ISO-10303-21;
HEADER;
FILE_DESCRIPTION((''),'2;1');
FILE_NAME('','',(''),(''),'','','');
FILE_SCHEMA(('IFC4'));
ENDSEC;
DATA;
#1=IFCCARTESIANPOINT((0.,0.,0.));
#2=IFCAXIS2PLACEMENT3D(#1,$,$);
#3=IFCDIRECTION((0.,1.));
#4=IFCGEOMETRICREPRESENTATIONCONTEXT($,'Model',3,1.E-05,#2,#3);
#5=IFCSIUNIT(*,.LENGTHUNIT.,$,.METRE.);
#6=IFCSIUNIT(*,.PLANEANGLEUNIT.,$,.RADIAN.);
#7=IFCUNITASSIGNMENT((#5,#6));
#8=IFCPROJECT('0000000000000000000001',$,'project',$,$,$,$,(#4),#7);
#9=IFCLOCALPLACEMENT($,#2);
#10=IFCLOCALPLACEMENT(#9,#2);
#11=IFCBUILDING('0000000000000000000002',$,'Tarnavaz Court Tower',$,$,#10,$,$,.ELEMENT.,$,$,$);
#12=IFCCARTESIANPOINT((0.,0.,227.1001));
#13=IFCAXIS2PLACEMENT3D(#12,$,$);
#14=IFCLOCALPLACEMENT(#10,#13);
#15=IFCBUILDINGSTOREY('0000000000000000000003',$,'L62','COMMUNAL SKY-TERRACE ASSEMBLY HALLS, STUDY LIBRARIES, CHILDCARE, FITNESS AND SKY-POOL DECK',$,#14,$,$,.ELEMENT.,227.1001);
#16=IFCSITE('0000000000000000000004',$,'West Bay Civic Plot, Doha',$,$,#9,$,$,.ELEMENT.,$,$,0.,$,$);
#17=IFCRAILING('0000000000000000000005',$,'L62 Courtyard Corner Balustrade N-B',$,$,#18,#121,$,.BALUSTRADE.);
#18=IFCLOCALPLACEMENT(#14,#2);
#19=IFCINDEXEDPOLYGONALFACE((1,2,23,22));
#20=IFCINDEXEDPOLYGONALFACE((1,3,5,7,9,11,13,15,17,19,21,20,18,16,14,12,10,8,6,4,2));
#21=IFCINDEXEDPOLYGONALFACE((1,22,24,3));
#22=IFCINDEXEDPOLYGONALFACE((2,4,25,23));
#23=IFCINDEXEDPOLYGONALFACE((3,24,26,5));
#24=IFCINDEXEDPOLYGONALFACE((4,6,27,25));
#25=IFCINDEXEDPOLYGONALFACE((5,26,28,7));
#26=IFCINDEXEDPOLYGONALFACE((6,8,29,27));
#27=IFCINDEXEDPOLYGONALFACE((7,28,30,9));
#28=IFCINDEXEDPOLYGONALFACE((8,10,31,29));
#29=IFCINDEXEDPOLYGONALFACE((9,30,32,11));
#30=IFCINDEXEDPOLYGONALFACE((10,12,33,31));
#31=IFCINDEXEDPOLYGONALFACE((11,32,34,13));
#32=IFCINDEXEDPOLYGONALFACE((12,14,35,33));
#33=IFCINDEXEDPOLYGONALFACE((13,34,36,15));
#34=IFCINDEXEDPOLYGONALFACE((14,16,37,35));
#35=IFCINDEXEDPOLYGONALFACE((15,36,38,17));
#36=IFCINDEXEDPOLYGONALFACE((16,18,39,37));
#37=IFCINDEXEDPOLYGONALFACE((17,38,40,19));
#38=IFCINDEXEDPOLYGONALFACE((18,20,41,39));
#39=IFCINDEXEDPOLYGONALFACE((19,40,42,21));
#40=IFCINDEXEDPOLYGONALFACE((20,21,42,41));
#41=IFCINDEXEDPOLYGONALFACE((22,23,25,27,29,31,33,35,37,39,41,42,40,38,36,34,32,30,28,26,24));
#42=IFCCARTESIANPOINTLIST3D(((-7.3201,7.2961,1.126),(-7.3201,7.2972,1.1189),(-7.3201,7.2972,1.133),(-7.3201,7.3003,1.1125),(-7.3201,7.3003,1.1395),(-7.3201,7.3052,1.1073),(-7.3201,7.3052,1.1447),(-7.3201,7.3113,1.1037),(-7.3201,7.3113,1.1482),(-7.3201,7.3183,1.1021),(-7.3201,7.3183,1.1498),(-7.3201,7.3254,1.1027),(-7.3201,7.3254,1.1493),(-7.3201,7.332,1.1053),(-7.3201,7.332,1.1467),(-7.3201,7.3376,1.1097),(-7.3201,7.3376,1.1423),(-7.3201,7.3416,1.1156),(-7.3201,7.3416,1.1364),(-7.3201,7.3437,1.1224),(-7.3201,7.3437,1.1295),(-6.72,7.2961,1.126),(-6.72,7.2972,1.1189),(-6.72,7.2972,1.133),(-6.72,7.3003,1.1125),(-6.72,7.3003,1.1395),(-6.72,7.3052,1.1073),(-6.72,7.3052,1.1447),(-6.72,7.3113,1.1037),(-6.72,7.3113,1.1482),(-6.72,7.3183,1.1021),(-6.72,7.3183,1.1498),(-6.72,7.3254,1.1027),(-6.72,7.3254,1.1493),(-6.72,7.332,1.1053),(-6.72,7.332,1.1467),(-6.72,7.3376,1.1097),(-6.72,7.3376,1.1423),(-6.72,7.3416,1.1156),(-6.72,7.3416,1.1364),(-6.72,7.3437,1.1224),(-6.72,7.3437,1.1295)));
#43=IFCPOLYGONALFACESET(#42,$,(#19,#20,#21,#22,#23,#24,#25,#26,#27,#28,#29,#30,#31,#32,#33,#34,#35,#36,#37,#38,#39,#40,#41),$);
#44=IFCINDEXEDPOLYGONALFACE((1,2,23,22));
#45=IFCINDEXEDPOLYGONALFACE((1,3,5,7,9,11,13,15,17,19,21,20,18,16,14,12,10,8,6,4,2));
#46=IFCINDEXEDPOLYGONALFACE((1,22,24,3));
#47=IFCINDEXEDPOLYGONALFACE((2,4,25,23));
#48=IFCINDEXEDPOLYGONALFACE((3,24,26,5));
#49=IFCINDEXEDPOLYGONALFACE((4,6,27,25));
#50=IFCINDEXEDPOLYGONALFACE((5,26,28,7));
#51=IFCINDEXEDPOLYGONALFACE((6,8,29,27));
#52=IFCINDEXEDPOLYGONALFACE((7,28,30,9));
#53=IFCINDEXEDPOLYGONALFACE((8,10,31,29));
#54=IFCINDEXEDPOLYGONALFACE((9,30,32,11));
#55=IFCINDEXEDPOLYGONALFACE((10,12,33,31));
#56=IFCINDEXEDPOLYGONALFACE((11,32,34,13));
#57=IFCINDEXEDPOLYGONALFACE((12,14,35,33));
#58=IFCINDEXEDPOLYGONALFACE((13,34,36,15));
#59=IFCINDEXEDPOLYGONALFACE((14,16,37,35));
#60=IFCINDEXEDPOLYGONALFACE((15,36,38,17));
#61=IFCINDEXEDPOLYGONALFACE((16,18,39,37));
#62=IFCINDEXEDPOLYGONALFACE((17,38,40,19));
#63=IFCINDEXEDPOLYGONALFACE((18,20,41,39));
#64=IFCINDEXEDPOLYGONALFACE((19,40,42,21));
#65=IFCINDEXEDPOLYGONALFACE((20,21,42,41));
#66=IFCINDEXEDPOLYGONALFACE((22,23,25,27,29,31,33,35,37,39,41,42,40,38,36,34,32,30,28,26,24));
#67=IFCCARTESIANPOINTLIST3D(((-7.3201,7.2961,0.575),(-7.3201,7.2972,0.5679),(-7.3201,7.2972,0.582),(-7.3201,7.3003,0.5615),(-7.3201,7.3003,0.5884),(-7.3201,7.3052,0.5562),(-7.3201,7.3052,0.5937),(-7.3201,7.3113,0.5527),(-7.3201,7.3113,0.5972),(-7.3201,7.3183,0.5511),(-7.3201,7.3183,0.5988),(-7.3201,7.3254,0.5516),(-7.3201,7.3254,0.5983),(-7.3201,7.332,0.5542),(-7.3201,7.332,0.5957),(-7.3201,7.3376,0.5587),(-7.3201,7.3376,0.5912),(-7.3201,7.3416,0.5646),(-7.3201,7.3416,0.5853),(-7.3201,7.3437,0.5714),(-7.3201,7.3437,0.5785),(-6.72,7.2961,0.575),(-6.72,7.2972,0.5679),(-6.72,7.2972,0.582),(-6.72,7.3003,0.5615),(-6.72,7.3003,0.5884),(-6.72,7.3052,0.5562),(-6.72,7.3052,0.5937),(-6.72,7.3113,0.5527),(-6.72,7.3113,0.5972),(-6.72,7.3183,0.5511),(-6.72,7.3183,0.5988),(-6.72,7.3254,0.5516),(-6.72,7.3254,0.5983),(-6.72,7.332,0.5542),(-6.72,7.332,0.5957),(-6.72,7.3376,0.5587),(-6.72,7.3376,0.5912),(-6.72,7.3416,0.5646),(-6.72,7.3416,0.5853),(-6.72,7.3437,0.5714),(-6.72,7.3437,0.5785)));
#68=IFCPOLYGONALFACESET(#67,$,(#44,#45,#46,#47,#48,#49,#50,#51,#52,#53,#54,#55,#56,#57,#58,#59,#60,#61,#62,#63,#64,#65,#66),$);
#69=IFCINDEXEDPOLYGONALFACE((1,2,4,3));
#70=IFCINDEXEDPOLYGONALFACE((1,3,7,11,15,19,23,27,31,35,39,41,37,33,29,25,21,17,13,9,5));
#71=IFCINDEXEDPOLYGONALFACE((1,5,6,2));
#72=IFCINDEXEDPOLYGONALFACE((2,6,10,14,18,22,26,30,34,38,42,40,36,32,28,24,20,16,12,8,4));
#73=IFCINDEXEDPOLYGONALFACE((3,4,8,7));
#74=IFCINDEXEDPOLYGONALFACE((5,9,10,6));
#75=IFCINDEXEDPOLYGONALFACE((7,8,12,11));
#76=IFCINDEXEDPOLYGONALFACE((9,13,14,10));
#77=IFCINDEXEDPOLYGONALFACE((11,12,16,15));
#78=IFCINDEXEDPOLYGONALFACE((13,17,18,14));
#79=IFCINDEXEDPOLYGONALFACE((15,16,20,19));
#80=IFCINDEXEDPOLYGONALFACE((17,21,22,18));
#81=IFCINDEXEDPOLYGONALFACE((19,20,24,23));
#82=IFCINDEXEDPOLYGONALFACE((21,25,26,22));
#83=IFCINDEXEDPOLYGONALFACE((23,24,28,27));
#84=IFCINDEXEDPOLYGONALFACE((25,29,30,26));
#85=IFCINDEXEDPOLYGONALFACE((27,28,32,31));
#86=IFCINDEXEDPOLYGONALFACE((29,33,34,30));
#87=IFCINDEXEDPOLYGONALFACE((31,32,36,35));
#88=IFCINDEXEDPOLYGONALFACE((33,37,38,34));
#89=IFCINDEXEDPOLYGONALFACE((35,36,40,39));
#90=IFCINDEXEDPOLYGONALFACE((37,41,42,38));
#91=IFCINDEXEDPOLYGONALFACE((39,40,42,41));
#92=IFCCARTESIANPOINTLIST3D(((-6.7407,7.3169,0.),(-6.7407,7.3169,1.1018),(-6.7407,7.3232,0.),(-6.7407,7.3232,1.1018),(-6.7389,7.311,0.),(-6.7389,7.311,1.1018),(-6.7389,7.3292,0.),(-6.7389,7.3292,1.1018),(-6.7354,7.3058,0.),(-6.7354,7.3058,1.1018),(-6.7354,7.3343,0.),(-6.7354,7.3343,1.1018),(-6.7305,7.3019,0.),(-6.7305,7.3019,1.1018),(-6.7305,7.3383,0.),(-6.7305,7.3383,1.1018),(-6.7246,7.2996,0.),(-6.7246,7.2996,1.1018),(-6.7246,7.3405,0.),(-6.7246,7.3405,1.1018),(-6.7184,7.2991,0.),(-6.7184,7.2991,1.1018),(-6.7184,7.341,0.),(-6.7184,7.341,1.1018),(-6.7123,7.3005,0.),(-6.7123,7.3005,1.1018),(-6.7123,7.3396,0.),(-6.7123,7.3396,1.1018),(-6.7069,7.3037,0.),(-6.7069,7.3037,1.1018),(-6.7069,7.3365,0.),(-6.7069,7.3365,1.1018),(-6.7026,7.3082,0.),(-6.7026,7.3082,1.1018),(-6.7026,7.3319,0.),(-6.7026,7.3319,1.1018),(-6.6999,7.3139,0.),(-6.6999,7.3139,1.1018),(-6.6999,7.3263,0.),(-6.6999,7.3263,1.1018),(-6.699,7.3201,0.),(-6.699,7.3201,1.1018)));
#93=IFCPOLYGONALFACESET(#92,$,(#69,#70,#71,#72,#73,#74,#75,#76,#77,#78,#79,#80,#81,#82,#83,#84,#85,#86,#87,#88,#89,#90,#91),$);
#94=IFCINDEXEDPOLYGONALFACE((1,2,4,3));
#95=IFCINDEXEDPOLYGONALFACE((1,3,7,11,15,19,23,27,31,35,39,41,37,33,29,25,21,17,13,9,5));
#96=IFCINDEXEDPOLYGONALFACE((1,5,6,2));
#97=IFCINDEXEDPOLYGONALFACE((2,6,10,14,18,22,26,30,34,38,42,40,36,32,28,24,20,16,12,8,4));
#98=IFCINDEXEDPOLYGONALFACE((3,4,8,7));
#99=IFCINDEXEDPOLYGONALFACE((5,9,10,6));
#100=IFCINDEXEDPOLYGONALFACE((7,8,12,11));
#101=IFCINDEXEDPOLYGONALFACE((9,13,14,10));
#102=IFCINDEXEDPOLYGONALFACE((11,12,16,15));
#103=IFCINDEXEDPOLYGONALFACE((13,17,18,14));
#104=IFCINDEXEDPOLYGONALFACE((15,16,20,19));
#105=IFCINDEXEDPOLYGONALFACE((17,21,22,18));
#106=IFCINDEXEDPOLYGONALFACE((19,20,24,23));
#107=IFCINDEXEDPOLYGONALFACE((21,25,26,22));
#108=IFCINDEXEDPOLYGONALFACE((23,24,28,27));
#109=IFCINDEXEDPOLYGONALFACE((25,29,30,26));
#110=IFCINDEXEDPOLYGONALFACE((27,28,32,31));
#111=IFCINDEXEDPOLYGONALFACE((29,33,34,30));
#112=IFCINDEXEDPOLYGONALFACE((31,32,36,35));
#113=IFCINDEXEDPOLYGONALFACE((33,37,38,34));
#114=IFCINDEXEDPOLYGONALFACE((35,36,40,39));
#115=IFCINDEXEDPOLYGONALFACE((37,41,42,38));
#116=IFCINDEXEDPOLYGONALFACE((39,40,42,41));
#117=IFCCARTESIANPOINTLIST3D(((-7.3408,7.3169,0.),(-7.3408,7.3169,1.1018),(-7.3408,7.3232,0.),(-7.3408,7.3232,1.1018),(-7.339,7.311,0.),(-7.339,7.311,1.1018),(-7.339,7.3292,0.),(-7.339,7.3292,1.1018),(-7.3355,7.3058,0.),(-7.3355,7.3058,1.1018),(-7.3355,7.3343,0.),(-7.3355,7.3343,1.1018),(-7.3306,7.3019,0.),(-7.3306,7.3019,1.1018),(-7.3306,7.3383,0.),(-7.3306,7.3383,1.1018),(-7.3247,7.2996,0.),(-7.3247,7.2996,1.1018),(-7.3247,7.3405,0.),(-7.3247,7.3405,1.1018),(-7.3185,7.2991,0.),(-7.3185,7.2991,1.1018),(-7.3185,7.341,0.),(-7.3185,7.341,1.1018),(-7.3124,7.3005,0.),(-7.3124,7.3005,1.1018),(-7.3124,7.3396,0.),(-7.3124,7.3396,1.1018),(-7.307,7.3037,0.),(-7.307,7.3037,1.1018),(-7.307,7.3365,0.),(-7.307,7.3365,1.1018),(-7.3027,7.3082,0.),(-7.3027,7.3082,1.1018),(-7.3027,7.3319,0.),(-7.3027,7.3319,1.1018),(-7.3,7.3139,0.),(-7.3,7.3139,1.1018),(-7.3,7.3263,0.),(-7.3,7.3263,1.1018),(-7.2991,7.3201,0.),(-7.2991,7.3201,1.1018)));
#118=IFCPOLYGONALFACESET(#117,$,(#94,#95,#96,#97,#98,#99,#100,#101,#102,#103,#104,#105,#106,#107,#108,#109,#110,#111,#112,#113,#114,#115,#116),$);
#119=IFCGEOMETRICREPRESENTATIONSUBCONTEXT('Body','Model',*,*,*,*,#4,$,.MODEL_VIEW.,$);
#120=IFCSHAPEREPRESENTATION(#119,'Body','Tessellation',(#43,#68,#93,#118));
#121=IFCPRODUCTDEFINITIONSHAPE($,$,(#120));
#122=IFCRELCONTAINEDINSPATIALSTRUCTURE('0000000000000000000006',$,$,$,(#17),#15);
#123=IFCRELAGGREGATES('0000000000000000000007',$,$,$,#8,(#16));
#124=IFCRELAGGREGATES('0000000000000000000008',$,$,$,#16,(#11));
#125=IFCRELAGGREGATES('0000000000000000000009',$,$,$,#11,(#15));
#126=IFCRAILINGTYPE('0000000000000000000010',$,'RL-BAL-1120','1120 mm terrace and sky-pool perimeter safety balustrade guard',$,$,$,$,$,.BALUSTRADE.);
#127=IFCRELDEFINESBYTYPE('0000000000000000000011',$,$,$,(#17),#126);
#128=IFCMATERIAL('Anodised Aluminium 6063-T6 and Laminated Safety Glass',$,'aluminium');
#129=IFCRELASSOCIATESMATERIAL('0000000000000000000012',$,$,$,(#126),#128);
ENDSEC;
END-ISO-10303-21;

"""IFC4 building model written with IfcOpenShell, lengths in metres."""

from ifc_helpers import new_model, si_unit, direction, frame, origin, origin_2d, place, context, subcontext, project, spatial, circle, extrude, material, type_object, element, save


model = new_model("IFC4")

# Units and contexts
model_context = context("Model", 3, precision=1e-05, world=origin(), true_north=direction((0.0, 1.0)))
body_context = subcontext(model_context, "Body", "Model", "MODEL_VIEW")
ifc_project = project(units=[si_unit("LENGTHUNIT", "METRE"), si_unit("PLANEANGLEUNIT", "RADIAN")], contexts=[model_context])

# Site, building, storey
site_placement = place(None, origin())
site = spatial("IfcSite", under=ifc_project, at=site_placement, Name="West Bay Civic Plot, Doha", CompositionType="ELEMENT", RefElevation=0.0)
building_placement = place(site_placement, origin())
building = spatial("IfcBuilding", under=site, at=building_placement, Name="Tarnavaz Court Tower", CompositionType="ELEMENT")
storey_placement = place(building_placement, frame((0.0, 0.0, 227.1001)))
storey = spatial("IfcBuildingStorey", under=building, at=storey_placement, Name="L62", Description="COMMUNAL SKY-TERRACE ASSEMBLY HALLS, STUDY LIBRARIES, CHILDCARE, FITNESS AND SKY-POOL DECK", CompositionType="ELEMENT", Elevation=227.1001)

# Railing
ifc_material_1 = material(Name="Anodised Aluminium 6063-T6 and Laminated Safety Glass", Category="aluminium")
railing_type_1 = type_object("IfcRailingType", Name="RL-BAL-1120", Description="1120 mm terrace and sky-pool perimeter safety balustrade guard", PredefinedType="BALUSTRADE", material=ifc_material_1)
railing_1_placement = place(storey_placement, frame((-6.72, 7.3201, 0.0)))
element("IfcRailing", 1, at=railing_1_placement, inside=storey, type_object=railing_type_1, Name="L62 Courtyard Corner Balustrade N-B", PredefinedType="BALUSTRADE", context=body_context, shape_type="SweptSolid", body=[
    extrude(circle(Radius=0.0239, at=origin_2d()), frame((0.0, 0.0, 1.126), z_axis=(-1.0, 0.0, 0.0), x_axis=(0.0, -1.0, 0.0)), (0.0, 0.0, 1.0), 0.6001),
    extrude(circle(Radius=0.0239, at=origin_2d()), frame((0.0, 0.0, 0.575), z_axis=(-1.0, 0.0, 0.0), x_axis=(0.0, -1.0, 0.0)), (0.0, 0.0, 1.0), 0.6001),
    extrude(circle(Radius=0.021, at=origin_2d()), origin(), (0.0, 0.0, 1.0), 1.1018),
    extrude(circle(Radius=0.021, at=origin_2d()), frame((-0.6001, 0.0, 0.0)), (0.0, 0.0, 1.0), 1.1018),
])

save(model, "model.ifc")
